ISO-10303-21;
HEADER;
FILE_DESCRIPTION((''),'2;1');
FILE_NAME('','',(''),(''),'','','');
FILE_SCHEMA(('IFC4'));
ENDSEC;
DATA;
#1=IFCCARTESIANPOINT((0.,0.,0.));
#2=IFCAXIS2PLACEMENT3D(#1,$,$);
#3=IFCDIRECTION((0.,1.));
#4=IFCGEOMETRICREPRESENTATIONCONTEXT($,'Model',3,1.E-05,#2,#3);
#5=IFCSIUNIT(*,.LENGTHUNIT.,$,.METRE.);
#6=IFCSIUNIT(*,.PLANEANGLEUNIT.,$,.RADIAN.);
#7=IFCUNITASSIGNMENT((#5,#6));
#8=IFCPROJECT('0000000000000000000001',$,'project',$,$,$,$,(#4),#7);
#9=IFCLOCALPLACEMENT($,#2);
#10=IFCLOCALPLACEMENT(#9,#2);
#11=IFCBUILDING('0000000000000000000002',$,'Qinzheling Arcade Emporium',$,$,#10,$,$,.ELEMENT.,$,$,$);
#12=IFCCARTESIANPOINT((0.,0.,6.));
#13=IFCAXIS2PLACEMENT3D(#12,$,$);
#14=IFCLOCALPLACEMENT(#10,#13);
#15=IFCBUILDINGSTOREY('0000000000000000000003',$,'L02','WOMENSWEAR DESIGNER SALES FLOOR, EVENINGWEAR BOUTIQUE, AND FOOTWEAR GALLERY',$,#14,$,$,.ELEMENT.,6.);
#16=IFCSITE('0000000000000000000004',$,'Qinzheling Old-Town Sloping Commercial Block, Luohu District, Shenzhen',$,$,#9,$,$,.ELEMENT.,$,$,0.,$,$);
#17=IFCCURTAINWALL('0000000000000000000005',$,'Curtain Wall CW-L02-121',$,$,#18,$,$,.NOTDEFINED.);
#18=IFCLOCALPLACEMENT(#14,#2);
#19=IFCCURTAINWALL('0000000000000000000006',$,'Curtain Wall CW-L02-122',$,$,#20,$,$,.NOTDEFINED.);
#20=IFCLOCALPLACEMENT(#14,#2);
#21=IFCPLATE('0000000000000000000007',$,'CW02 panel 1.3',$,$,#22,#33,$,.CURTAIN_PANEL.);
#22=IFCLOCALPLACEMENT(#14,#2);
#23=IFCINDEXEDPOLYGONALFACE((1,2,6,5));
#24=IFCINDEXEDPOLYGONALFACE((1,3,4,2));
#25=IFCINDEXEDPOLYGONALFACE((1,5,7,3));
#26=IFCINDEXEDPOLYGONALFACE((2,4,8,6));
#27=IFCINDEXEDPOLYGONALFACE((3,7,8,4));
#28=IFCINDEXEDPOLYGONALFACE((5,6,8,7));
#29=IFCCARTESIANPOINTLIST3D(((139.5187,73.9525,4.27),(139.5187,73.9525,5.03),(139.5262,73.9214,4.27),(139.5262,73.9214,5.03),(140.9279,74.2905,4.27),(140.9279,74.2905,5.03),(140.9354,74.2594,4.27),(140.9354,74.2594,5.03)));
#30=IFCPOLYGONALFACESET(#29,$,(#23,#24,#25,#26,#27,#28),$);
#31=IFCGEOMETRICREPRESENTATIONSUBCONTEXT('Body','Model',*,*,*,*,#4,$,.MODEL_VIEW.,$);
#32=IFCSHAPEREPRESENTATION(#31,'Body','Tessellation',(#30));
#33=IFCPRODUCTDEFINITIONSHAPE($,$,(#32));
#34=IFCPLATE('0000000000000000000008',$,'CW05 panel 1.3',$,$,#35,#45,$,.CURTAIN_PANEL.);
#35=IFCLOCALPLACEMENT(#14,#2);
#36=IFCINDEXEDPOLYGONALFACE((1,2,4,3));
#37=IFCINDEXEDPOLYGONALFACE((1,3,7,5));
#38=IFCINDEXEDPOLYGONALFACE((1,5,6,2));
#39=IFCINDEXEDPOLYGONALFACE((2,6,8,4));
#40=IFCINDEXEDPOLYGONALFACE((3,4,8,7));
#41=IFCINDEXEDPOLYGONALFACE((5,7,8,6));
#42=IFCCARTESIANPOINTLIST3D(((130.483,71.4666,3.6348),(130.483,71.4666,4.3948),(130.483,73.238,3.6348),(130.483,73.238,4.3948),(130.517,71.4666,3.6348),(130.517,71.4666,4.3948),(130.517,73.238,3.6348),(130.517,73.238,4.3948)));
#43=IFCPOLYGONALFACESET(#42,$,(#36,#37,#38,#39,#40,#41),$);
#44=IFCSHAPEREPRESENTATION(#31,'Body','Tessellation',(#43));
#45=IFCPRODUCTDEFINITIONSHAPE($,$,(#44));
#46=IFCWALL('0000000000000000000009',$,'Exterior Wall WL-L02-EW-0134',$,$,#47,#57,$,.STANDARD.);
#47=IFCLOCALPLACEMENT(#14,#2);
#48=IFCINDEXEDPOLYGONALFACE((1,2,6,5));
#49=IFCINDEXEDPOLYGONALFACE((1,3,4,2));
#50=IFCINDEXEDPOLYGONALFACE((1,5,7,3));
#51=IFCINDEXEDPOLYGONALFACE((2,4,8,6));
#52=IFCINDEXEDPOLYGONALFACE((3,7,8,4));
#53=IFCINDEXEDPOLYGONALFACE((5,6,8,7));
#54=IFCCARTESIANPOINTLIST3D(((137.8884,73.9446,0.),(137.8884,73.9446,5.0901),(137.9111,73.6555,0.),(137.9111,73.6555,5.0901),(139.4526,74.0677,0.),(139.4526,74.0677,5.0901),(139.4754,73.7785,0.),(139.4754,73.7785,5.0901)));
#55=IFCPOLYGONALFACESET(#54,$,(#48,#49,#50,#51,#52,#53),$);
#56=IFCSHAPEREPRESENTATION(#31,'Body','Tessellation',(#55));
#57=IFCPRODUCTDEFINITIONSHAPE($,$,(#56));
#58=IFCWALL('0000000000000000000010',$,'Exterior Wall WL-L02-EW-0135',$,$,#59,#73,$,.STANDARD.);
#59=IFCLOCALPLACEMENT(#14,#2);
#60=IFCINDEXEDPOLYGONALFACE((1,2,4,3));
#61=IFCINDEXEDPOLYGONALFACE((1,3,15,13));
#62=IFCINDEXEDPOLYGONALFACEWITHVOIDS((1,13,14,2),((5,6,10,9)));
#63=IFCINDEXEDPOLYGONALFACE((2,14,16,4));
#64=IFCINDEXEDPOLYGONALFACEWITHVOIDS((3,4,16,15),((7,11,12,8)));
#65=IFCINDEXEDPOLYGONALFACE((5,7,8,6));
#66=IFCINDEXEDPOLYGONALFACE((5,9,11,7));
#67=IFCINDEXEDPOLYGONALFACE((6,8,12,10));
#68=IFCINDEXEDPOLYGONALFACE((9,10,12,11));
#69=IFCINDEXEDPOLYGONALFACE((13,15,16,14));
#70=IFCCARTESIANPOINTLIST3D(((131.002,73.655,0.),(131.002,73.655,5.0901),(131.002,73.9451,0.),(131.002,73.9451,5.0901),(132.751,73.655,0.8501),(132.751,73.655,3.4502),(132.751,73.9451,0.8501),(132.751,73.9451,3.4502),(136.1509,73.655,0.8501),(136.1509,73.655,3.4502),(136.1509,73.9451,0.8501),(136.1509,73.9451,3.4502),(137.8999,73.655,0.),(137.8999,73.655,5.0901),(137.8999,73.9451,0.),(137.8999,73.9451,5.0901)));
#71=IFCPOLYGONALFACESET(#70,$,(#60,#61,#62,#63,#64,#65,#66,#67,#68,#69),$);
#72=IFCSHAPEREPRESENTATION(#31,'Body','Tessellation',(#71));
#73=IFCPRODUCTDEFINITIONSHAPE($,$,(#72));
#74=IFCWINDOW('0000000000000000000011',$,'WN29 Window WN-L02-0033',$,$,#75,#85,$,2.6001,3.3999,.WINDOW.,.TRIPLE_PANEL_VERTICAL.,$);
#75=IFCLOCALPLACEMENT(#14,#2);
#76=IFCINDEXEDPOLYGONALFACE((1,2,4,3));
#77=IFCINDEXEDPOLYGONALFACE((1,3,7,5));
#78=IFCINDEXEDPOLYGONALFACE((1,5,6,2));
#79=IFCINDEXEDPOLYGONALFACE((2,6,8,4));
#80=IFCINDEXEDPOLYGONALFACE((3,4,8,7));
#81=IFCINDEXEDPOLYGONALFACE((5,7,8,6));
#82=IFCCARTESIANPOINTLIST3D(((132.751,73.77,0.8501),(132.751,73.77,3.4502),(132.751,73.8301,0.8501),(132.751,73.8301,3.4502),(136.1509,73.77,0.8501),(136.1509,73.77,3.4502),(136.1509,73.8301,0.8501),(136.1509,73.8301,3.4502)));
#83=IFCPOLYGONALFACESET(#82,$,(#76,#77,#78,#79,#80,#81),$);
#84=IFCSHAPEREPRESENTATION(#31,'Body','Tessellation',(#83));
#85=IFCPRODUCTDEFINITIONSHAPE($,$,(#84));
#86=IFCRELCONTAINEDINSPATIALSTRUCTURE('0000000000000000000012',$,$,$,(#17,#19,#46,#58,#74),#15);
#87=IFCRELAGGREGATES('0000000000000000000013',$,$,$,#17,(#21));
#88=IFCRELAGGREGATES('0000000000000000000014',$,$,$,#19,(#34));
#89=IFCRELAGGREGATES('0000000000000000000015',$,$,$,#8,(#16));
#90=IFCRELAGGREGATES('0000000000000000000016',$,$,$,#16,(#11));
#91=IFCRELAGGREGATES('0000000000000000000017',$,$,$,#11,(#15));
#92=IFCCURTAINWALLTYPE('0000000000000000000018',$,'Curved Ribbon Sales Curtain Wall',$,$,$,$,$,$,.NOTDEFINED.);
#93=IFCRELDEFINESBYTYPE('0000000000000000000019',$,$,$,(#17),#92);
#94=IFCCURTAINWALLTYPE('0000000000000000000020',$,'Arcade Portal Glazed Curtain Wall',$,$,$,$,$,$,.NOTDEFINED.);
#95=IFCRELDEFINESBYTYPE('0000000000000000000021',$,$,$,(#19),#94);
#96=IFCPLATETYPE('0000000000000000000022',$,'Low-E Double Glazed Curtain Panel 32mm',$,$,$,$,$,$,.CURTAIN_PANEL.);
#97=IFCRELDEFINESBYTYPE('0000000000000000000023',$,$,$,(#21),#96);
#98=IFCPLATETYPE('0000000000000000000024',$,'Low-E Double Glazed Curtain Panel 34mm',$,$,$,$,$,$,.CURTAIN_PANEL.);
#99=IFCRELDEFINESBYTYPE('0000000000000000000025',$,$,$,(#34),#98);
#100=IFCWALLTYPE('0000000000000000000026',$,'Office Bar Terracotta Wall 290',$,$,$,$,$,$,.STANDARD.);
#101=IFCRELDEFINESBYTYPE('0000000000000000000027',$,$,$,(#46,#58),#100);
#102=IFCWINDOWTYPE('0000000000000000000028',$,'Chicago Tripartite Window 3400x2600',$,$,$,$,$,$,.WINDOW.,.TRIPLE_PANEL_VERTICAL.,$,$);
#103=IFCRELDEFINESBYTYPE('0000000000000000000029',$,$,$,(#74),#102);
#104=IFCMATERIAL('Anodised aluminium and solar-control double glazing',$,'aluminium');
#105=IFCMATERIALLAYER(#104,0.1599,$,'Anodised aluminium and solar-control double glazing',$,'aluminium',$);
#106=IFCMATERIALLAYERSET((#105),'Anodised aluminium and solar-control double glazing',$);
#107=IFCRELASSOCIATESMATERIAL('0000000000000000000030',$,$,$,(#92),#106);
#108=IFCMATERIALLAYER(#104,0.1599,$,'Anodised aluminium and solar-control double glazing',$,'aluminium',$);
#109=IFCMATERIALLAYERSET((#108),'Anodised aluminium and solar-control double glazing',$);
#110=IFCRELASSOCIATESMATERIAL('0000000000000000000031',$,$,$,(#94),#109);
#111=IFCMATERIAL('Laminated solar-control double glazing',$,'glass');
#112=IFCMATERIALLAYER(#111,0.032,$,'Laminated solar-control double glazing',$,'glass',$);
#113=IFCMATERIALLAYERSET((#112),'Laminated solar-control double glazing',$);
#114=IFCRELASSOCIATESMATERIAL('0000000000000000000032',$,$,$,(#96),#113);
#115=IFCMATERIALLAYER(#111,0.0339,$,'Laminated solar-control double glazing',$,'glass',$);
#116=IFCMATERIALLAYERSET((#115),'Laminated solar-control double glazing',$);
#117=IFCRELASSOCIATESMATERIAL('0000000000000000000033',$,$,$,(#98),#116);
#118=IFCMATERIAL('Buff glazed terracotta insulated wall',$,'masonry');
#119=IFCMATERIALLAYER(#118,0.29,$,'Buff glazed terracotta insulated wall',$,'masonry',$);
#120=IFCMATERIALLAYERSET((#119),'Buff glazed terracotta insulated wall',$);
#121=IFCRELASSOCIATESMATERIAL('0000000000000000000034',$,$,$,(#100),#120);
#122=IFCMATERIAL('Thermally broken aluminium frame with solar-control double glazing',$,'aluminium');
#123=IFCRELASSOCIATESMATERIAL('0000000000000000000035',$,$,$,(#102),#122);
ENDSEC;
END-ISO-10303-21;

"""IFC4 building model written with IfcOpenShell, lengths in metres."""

from ifc_helpers import new_model, si_unit, direction, frame, frame_2d, origin, origin_2d, place, context, subcontext, project, spatial, rectangle, extrude, material, layer, layer_set, type_object, element, fill, aggregate, save


model = new_model("IFC4")

# Units and contexts
model_context = context("Model", 3, precision=1e-05, world=origin(), true_north=direction((0.0, 1.0)))
body_context = subcontext(model_context, "Body", "Model", "MODEL_VIEW")
ifc_project = project(units=[si_unit("LENGTHUNIT", "METRE"), si_unit("PLANEANGLEUNIT", "RADIAN")], contexts=[model_context])

# Site, building, storey
site_placement = place(None, origin())
site = spatial("IfcSite", under=ifc_project, at=site_placement, Name="Qinzheling Old-Town Sloping Commercial Block, Luohu District, Shenzhen", CompositionType="ELEMENT", RefElevation=0.0)
building_placement = place(site_placement, origin())
building = spatial("IfcBuilding", under=site, at=building_placement, Name="Qinzheling Arcade Emporium", CompositionType="ELEMENT")
storey_placement = place(building_placement, frame((0.0, 0.0, 6.0)))
storey = spatial("IfcBuildingStorey", under=building, at=storey_placement, Name="L02", Description="WOMENSWEAR DESIGNER SALES FLOOR, EVENINGWEAR BOUTIQUE, AND FOOTWEAR GALLERY", CompositionType="ELEMENT", Elevation=6.0)

# Shared definitions
ifc_material_1 = material(Name="Anodised aluminium and solar-control double glazing", Category="aluminium")
ifc_layer_1 = layer(ifc_material_1, 0.1599, Name="Anodised aluminium and solar-control double glazing", Category="aluminium")
ifc_layer_set_1 = layer_set([ifc_layer_1], Name="Anodised aluminium and solar-control double glazing")
curtain_wall_type_1 = type_object("IfcCurtainWallType", Name="Curved Ribbon Sales Curtain Wall", PredefinedType="NOTDEFINED", material=ifc_layer_set_1)

# Curtain wall
curtain_wall_1_placement = place(storey_placement, origin())
curtain_wall_1 = element("IfcCurtainWall", 1, at=curtain_wall_1_placement, inside=storey, type_object=curtain_wall_type_1, Name="Curtain Wall CW-L02-121", PredefinedType="NOTDEFINED")

# Curtain wall
ifc_layer_2 = layer(ifc_material_1, 0.1599, Name="Anodised aluminium and solar-control double glazing", Category="aluminium")
ifc_layer_set_2 = layer_set([ifc_layer_2], Name="Anodised aluminium and solar-control double glazing")
curtain_wall_type_2 = type_object("IfcCurtainWallType", Name="Arcade Portal Glazed Curtain Wall", PredefinedType="NOTDEFINED", material=ifc_layer_set_2)
curtain_wall_2_placement = place(storey_placement, origin())
curtain_wall_2 = element("IfcCurtainWall", 2, at=curtain_wall_2_placement, inside=storey, type_object=curtain_wall_type_2, Name="Curtain Wall CW-L02-122", PredefinedType="NOTDEFINED")

# Plates
ifc_material_2 = material(Name="Laminated solar-control double glazing", Category="glass")
ifc_layer_3 = layer(ifc_material_2, 0.032, Name="Laminated solar-control double glazing", Category="glass")
ifc_layer_set_3 = layer_set([ifc_layer_3], Name="Laminated solar-control double glazing")
plate_type_1 = type_object("IfcPlateType", Name="Low-E Double Glazed Curtain Panel 32mm", PredefinedType="CURTAIN_PANEL", material=ifc_layer_set_3)
plate_1_placement = place(storey_placement, frame((140.2271, 74.106, 4.27), z_axis=(0.0, 0.0, 1.0), x_axis=(-0.972422, -0.233228, 0.0)))
plate_1 = element("IfcPlate", 3, at=plate_1_placement, type_object=plate_type_1, Name="CW02 panel 1.3", PredefinedType="CURTAIN_PANEL", context=body_context, shape_type="SweptSolid", body=[
    extrude(rectangle(XDim=1.4492, YDim=0.032, at=origin_2d()), origin(), (0.0, 0.0, 1.0), 0.76),
])
aggregate(curtain_wall_1, [plate_1])
ifc_layer_4 = layer(ifc_material_2, 0.0339, Name="Laminated solar-control double glazing", Category="glass")
ifc_layer_set_4 = layer_set([ifc_layer_4], Name="Laminated solar-control double glazing")
plate_type_2 = type_object("IfcPlateType", Name="Low-E Double Glazed Curtain Panel 34mm", PredefinedType="CURTAIN_PANEL", material=ifc_layer_set_4)
plate_2_placement = place(storey_placement, frame((130.5, 72.3523, 3.6348), z_axis=(0.0, 0.0, 1.0), x_axis=(0.0, -1.0, 0.0)))
plate_2 = element("IfcPlate", 4, at=plate_2_placement, type_object=plate_type_2, Name="CW05 panel 1.3", PredefinedType="CURTAIN_PANEL", context=body_context, shape_type="SweptSolid", body=[
    extrude(rectangle(XDim=1.7715, YDim=0.0339, at=origin_2d()), origin(), (0.0, 0.0, 1.0), 0.76),
])
aggregate(curtain_wall_2, [plate_2])

# Wall
ifc_material_3 = material(Name="Buff glazed terracotta insulated wall", Category="masonry")
ifc_layer_5 = layer(ifc_material_3, 0.29, Name="Buff glazed terracotta insulated wall", Category="masonry")
ifc_layer_set_5 = layer_set([ifc_layer_5], Name="Buff glazed terracotta insulated wall")
wall_type = type_object("IfcWallType", Name="Office Bar Terracotta Wall 290", PredefinedType="STANDARD", material=ifc_layer_set_5)
wall_1_placement = place(storey_placement, frame((139.4641, 73.9231, 0.0), z_axis=(0.0, 0.0, 1.0), x_axis=(-0.99692, -0.078422, 0.0)))
element("IfcWall", 5, at=wall_1_placement, inside=storey, type_object=wall_type, Name="Exterior Wall WL-L02-EW-0134", PredefinedType="STANDARD", context=body_context, shape_type="SweptSolid", body=[
    extrude(rectangle(XDim=1.5691, YDim=0.29, at=frame_2d((0.7847, 0.0))), origin(), (0.0, 0.0, 1.0), 5.0901),
])

# Wall, opening, window
wall_2_placement = place(storey_placement, frame((137.8999, 73.8, 0.0), z_axis=(0.0, 0.0, 1.0), x_axis=(-1.0, 0.0, 0.0)))
wall_2 = element("IfcWall", 6, at=wall_2_placement, inside=storey, type_object=wall_type, Name="Exterior Wall WL-L02-EW-0135", PredefinedType="STANDARD", context=body_context, shape_type="SweptSolid", body=[
    extrude(rectangle(XDim=6.8979, YDim=0.29, at=frame_2d((3.449, 0.0))), origin(), (0.0, 0.0, 1.0), 5.0901),
])
opening_placement = place(wall_2_placement, frame((1.749, 0.0, 0.8501)))
opening = element("IfcOpeningElement", 7, at=opening_placement, cuts=wall_2, PredefinedType="OPENING", context=body_context, shape_type="SweptSolid", body=[
    extrude(rectangle(XDim=3.3999, YDim=2.6001, at=frame_2d((1.7, 1.3))), frame((0.0, 0.155, 0.0), z_axis=(0.0, -1.0, 0.0), x_axis=(1.0, 0.0, 0.0)), (0.0, 0.0, 1.0), 0.3101),
])
ifc_material_4 = material(Name="Thermally broken aluminium frame with solar-control double glazing", Category="aluminium")
window_type = type_object("IfcWindowType", Name="Chicago Tripartite Window 3400x2600", PartitioningType="TRIPLE_PANEL_VERTICAL", PredefinedType="WINDOW", material=ifc_material_4)
window_placement = place(opening_placement, origin())
window = element("IfcWindow", 8, at=window_placement, inside=storey, type_object=window_type, Name="WN29 Window WN-L02-0033", OverallHeight=2.6001, OverallWidth=3.3999, PartitioningType="TRIPLE_PANEL_VERTICAL", PredefinedType="WINDOW", context=body_context, shape_type="SweptSolid", body=[
    extrude(rectangle(XDim=3.3999, YDim=2.6001, at=frame_2d((1.7, 1.3))), frame((0.0, 0.03, 0.0), z_axis=(0.0, -1.0, 0.0), x_axis=(1.0, 0.0, 0.0)), (0.0, 0.0, 1.0), 0.0601),
])
fill(opening, window)

save(model, "model.ifc")
